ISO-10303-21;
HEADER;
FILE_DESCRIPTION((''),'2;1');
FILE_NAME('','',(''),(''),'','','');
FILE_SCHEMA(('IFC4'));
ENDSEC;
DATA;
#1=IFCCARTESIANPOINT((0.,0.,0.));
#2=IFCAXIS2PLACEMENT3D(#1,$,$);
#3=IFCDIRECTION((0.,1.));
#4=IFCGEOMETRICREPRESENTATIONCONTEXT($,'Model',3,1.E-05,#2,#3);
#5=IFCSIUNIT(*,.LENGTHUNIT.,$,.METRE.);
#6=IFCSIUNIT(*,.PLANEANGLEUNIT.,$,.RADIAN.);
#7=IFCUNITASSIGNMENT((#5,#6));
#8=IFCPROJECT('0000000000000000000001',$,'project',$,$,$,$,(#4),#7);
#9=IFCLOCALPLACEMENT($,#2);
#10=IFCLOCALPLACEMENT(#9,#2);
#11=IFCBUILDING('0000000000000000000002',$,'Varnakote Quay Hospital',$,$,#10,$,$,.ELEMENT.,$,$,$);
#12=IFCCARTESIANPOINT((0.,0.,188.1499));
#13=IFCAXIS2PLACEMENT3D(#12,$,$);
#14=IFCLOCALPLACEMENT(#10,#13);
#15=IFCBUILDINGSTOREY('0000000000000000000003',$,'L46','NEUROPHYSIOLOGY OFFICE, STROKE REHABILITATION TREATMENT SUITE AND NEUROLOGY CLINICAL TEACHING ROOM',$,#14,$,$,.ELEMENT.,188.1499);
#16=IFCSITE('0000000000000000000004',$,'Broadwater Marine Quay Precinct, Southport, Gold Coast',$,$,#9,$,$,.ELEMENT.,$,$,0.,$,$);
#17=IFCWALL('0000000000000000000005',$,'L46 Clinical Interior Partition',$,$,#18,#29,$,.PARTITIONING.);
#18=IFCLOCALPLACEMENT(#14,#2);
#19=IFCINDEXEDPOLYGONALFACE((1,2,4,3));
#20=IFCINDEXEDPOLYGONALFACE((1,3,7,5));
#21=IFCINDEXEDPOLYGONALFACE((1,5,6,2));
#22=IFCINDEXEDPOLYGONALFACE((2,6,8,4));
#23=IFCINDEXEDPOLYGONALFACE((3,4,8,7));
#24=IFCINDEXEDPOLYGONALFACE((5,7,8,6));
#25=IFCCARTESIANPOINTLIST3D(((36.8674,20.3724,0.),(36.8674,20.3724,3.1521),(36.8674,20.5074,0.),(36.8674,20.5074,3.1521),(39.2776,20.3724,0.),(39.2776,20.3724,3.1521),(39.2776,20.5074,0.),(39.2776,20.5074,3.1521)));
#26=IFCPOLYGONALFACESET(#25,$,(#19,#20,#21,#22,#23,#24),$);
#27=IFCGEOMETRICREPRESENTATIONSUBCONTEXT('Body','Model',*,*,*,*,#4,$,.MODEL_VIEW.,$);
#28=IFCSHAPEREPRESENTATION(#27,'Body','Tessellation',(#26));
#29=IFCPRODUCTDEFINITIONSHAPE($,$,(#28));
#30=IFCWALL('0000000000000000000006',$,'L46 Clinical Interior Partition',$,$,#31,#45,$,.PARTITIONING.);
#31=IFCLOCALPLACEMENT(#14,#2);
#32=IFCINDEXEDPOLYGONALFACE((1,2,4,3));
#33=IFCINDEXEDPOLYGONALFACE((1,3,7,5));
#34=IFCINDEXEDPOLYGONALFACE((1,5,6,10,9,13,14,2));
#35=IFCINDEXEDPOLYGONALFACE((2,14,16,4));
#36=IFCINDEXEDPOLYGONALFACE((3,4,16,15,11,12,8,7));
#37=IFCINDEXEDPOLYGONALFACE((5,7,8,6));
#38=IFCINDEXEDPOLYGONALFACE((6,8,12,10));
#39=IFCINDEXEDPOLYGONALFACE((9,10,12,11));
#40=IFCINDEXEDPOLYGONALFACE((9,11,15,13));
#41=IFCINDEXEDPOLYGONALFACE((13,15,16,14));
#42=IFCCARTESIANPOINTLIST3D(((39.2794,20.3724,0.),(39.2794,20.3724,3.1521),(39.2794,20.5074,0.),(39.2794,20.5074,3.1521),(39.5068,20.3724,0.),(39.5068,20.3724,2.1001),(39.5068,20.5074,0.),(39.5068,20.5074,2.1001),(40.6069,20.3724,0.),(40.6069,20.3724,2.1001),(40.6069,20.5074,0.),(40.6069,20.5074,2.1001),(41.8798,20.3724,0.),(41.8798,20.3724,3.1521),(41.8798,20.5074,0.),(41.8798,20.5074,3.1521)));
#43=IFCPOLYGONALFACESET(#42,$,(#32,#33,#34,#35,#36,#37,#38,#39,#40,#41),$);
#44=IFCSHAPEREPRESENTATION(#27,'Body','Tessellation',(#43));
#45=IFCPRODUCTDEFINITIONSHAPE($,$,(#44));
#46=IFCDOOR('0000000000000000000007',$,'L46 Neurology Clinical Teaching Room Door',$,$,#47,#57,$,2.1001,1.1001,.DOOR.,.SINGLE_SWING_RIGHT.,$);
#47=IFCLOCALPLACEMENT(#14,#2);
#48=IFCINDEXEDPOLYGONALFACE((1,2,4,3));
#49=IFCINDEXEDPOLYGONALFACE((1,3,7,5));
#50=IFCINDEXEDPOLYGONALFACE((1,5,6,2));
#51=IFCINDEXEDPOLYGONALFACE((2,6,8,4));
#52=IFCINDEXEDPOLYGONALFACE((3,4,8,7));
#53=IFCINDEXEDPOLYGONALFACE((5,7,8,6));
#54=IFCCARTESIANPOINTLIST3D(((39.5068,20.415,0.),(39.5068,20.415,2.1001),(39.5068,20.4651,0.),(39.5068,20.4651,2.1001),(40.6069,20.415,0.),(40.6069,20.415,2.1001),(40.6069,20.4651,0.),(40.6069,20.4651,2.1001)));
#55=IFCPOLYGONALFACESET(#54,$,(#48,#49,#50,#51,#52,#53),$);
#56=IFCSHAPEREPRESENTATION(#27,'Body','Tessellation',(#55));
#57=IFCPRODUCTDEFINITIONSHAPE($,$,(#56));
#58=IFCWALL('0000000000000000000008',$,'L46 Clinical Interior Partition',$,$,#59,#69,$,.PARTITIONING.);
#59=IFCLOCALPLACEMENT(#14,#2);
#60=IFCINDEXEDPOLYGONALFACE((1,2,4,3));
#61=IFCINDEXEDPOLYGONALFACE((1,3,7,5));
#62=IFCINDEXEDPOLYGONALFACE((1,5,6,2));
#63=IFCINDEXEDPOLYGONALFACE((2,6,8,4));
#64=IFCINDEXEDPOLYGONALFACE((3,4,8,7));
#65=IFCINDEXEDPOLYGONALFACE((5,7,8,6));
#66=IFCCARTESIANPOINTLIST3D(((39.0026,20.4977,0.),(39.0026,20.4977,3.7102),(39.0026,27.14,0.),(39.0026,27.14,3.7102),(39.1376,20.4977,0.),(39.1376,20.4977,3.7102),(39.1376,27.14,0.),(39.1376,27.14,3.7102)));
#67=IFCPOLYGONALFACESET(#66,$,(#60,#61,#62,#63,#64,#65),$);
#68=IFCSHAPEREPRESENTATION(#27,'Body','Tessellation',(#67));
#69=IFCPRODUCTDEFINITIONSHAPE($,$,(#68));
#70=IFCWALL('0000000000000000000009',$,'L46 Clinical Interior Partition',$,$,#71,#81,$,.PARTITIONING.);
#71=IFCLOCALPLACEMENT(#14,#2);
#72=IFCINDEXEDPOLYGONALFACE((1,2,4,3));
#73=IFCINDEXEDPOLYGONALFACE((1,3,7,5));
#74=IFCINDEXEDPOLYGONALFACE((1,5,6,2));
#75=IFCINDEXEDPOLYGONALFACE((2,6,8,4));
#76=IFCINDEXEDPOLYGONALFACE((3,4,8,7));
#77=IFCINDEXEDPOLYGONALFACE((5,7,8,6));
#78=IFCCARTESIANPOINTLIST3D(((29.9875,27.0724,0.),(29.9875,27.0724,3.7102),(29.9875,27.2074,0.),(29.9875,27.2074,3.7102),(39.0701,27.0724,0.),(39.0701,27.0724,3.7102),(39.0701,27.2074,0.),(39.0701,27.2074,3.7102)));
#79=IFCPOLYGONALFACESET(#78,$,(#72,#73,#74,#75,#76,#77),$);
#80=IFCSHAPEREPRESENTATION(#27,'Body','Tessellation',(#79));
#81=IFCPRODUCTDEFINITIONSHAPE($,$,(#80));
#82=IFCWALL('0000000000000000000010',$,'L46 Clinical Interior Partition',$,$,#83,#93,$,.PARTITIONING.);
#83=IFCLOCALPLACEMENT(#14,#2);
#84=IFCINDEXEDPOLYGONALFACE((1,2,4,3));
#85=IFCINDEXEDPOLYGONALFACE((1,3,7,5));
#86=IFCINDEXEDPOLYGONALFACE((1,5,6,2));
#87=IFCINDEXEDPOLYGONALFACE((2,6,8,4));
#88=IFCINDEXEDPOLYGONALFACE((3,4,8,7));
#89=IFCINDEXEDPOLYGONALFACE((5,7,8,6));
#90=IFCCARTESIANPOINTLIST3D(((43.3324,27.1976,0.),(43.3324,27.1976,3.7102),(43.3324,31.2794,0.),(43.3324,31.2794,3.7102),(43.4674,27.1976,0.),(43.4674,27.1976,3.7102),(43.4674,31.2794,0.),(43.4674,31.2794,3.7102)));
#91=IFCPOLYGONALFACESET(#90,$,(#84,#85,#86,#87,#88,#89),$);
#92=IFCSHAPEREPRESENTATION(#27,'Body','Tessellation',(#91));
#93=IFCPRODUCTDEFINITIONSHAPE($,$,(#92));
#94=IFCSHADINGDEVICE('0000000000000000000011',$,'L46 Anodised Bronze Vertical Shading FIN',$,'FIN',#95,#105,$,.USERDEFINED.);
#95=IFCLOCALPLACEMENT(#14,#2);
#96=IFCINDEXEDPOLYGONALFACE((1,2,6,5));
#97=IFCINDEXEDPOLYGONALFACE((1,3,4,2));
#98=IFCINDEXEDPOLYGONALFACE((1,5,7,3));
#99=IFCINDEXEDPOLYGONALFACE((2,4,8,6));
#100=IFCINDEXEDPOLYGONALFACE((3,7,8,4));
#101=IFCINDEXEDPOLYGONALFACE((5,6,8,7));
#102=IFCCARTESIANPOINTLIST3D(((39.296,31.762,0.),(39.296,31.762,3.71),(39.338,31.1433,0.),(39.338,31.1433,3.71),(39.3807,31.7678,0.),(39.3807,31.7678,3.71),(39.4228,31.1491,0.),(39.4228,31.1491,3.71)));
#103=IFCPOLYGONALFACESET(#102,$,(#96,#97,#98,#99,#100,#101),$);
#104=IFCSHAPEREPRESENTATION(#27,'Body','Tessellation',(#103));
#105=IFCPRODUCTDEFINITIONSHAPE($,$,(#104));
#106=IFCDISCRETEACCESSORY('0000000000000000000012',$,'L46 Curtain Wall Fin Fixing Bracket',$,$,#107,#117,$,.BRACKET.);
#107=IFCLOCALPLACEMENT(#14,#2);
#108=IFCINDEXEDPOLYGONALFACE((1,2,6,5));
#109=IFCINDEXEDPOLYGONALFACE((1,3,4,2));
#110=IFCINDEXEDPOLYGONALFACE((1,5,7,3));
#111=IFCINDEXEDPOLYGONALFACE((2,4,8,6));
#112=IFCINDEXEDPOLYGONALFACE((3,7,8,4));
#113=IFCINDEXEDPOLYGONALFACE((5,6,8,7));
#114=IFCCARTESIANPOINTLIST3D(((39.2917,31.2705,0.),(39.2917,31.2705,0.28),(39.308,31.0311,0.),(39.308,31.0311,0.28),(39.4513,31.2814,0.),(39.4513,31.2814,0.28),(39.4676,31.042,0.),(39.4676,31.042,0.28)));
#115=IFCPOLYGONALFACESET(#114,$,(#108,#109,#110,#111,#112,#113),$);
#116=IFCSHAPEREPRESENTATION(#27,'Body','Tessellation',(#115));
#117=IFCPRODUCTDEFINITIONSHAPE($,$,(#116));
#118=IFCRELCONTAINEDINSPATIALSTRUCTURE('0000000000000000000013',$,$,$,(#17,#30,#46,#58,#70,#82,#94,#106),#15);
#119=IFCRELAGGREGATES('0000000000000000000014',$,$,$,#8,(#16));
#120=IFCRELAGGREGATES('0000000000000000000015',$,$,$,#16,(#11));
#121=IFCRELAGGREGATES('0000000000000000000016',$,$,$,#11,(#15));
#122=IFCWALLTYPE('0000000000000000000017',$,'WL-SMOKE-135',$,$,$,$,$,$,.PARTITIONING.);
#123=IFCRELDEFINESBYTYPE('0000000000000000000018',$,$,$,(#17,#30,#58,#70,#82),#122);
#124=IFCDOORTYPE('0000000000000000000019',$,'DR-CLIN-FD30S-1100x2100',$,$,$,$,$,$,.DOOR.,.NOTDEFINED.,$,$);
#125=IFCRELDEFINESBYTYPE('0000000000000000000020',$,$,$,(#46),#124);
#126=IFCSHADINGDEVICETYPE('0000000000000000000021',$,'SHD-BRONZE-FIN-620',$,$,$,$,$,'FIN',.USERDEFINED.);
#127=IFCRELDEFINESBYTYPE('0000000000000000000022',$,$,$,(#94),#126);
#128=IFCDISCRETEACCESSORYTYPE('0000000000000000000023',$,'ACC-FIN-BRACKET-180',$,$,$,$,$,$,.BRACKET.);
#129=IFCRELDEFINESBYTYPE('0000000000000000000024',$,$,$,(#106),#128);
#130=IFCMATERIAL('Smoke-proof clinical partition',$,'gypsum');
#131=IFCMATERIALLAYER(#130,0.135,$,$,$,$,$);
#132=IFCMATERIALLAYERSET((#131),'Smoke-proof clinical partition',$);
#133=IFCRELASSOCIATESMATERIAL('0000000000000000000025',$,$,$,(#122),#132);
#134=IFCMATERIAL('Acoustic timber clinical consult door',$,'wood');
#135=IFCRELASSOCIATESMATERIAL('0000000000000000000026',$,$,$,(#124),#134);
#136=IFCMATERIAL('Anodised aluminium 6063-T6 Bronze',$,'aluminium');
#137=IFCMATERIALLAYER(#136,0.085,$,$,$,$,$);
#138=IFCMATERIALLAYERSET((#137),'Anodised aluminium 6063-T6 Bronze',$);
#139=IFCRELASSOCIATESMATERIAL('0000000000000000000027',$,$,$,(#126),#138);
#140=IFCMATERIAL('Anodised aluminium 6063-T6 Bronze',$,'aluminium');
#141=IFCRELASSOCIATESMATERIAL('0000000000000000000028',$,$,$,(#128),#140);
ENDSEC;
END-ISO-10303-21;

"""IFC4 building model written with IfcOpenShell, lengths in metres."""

from ifc_helpers import new_model, si_unit, direction, frame, frame_2d, origin, origin_2d, place, context, subcontext, project, spatial, rectangle, extrude, material, layer, layer_set, type_object, element, fill, save


model = new_model("IFC4")

# Units and contexts
model_context = context("Model", 3, precision=1e-05, world=origin(), true_north=direction((0.0, 1.0)))
body_context = subcontext(model_context, "Body", "Model", "MODEL_VIEW")
ifc_project = project(units=[si_unit("LENGTHUNIT", "METRE"), si_unit("PLANEANGLEUNIT", "RADIAN")], contexts=[model_context])

# Site, building, storey
site_placement = place(None, origin())
site = spatial("IfcSite", under=ifc_project, at=site_placement, Name="Broadwater Marine Quay Precinct, Southport, Gold Coast", CompositionType="ELEMENT", RefElevation=0.0)
building_placement = place(site_placement, origin())
building = spatial("IfcBuilding", under=site, at=building_placement, Name="Varnakote Quay Hospital", CompositionType="ELEMENT")
storey_placement = place(building_placement, frame((0.0, 0.0, 188.1499)))
storey = spatial("IfcBuildingStorey", under=building, at=storey_placement, Name="L46", Description="NEUROPHYSIOLOGY OFFICE, STROKE REHABILITATION TREATMENT SUITE AND NEUROLOGY CLINICAL TEACHING ROOM", CompositionType="ELEMENT", Elevation=188.1499)

# Wall
ifc_material_1 = material(Name="Smoke-proof clinical partition", Category="gypsum")
ifc_layer_1 = layer(ifc_material_1, 0.135)
ifc_layer_set_1 = layer_set([ifc_layer_1], Name="Smoke-proof clinical partition")
wall_type = type_object("IfcWallType", Name="WL-SMOKE-135", PredefinedType="PARTITIONING", material=ifc_layer_set_1)
wall_1_placement = place(storey_placement, frame((39.2776, 20.4399, 0.0), z_axis=(0.0, 0.0, 1.0), x_axis=(-1.0, 0.0, 0.0)))
element("IfcWall", 1, at=wall_1_placement, inside=storey, type_object=wall_type, Name="L46 Clinical Interior Partition", PredefinedType="PARTITIONING", context=body_context, shape_type="SweptSolid", body=[
    extrude(rectangle(XDim=2.4102, YDim=0.135, at=frame_2d((1.2051, 0.0))), origin(), (0.0, 0.0, 1.0), 3.1521),
])

# Wall, opening, door
wall_2_placement = place(storey_placement, frame((41.8799, 20.4399, 0.0), z_axis=(0.0, 0.0, 1.0), x_axis=(-1.0, 0.0, 0.0)))
wall_2 = element("IfcWall", 2, at=wall_2_placement, inside=storey, type_object=wall_type, Name="L46 Clinical Interior Partition", PredefinedType="PARTITIONING", context=body_context, shape_type="SweptSolid", body=[
    extrude(rectangle(XDim=2.6003, YDim=0.135, at=frame_2d((1.3003, 0.0))), origin(), (0.0, 0.0, 1.0), 3.1521),
])
opening_placement = place(wall_2_placement, frame((1.2729, 0.0, 0.0)))
opening = element("IfcOpeningElement", 3, at=opening_placement, cuts=wall_2, PredefinedType="OPENING", context=body_context, shape_type="SweptSolid", body=[
    extrude(rectangle(XDim=1.1001, YDim=2.1001, at=frame_2d((0.55, 1.05))), frame((0.0, 0.0774, 0.0), z_axis=(0.0, -1.0, 0.0), x_axis=(1.0, 0.0, 0.0)), (0.0, 0.0, 1.0), 0.155),
])
ifc_material_2 = material(Name="Acoustic timber clinical consult door", Category="wood")
door_type = type_object("IfcDoorType", Name="DR-CLIN-FD30S-1100x2100", OperationType="NOTDEFINED", PredefinedType="DOOR", material=ifc_material_2)
door_placement = place(opening_placement, origin())
door = element("IfcDoor", 4, at=door_placement, inside=storey, type_object=door_type, Name="L46 Neurology Clinical Teaching Room Door", OperationType="SINGLE_SWING_RIGHT", OverallHeight=2.1001, OverallWidth=1.1001, PredefinedType="DOOR", context=body_context, shape_type="SweptSolid", body=[
    extrude(rectangle(XDim=1.1001, YDim=2.1001, at=frame_2d((0.55, 1.05))), frame((0.0, 0.0249, 0.0), z_axis=(0.0, -1.0, 0.0), x_axis=(1.0, 0.0, 0.0)), (0.0, 0.0, 1.0), 0.05),
])
fill(opening, door)

# Walls
wall_3_placement = place(storey_placement, frame((39.0701, 20.4976, 0.0), z_axis=(0.0, 0.0, 1.0), x_axis=(0.0, 1.0, 0.0)))
element("IfcWall", 5, at=wall_3_placement, inside=storey, type_object=wall_type, Name="L46 Clinical Interior Partition", PredefinedType="PARTITIONING", context=body_context, shape_type="SweptSolid", body=[
    extrude(rectangle(XDim=6.6423, YDim=0.135, at=frame_2d((3.3213, 0.0))), origin(), (0.0, 0.0, 1.0), 3.7102),
])
wall_4_placement = place(storey_placement, frame((39.0701, 27.1399, 0.0), z_axis=(0.0, 0.0, 1.0), x_axis=(-1.0, 0.0, 0.0)))
element("IfcWall", 6, at=wall_4_placement, inside=storey, type_object=wall_type, Name="L46 Clinical Interior Partition", PredefinedType="PARTITIONING", context=body_context, shape_type="SweptSolid", body=[
    extrude(rectangle(XDim=9.0825, YDim=0.135, at=frame_2d((4.5413, 0.0))), origin(), (0.0, 0.0, 1.0), 3.7102),
])
wall_5_placement = place(storey_placement, frame((43.3999, 27.1975, 0.0), z_axis=(0.0, 0.0, 1.0), x_axis=(0.0, 1.0, 0.0)))
element("IfcWall", 7, at=wall_5_placement, inside=storey, type_object=wall_type, Name="L46 Clinical Interior Partition", PredefinedType="PARTITIONING", context=body_context, shape_type="SweptSolid", body=[
    extrude(rectangle(XDim=4.0818, YDim=0.135, at=frame_2d((2.041, 0.0))), origin(), (0.0, 0.0, 1.0), 3.7102),
])

# Shading device
ifc_material_3 = material(Name="Anodised aluminium 6063-T6 Bronze", Category="aluminium")
ifc_layer_2 = layer(ifc_material_3, 0.085)
ifc_layer_set_2 = layer_set([ifc_layer_2], Name="Anodised aluminium 6063-T6 Bronze")
shading_device_type = type_object("IfcShadingDeviceType", Name="SHD-BRONZE-FIN-620", ElementType="FIN", PredefinedType="USERDEFINED", material=ifc_layer_set_2)
shading_device_placement = place(storey_placement, frame((39.3594, 31.4556, 0.0), z_axis=(0.0, 0.0, 1.0), x_axis=(0.067841, -0.997696, 0.0)))
element("IfcShadingDevice", 8, at=shading_device_placement, inside=storey, type_object=shading_device_type, Name="L46 Anodised Bronze Vertical Shading FIN", ObjectType="FIN", PredefinedType="USERDEFINED", context=body_context, shape_type="SweptSolid", body=[
    extrude(rectangle(XDim=0.6201, YDim=0.085, at=origin_2d()), origin(), (0.0, 0.0, 1.0), 3.71),
])

# Discrete accessory
ifc_material_4 = material(Name="Anodised aluminium 6063-T6 Bronze", Category="aluminium")
discrete_accessory_type = type_object("IfcDiscreteAccessoryType", Name="ACC-FIN-BRACKET-180", PredefinedType="BRACKET", material=ifc_material_4)
discrete_accessory_placement = place(storey_placement, frame((39.3796, 31.1562, 0.0), z_axis=(0.0, 0.0, 1.0), x_axis=(-0.997696, -0.067841, 0.0)))
element("IfcDiscreteAccessory", 9, at=discrete_accessory_placement, inside=storey, type_object=discrete_accessory_type, Name="L46 Curtain Wall Fin Fixing Bracket", PredefinedType="BRACKET", context=body_context, shape_type="SweptSolid", body=[
    extrude(rectangle(XDim=0.1599, YDim=0.24, at=origin_2d()), origin(), (0.0, 0.0, 1.0), 0.28),
])

save(model, "model.ifc")
